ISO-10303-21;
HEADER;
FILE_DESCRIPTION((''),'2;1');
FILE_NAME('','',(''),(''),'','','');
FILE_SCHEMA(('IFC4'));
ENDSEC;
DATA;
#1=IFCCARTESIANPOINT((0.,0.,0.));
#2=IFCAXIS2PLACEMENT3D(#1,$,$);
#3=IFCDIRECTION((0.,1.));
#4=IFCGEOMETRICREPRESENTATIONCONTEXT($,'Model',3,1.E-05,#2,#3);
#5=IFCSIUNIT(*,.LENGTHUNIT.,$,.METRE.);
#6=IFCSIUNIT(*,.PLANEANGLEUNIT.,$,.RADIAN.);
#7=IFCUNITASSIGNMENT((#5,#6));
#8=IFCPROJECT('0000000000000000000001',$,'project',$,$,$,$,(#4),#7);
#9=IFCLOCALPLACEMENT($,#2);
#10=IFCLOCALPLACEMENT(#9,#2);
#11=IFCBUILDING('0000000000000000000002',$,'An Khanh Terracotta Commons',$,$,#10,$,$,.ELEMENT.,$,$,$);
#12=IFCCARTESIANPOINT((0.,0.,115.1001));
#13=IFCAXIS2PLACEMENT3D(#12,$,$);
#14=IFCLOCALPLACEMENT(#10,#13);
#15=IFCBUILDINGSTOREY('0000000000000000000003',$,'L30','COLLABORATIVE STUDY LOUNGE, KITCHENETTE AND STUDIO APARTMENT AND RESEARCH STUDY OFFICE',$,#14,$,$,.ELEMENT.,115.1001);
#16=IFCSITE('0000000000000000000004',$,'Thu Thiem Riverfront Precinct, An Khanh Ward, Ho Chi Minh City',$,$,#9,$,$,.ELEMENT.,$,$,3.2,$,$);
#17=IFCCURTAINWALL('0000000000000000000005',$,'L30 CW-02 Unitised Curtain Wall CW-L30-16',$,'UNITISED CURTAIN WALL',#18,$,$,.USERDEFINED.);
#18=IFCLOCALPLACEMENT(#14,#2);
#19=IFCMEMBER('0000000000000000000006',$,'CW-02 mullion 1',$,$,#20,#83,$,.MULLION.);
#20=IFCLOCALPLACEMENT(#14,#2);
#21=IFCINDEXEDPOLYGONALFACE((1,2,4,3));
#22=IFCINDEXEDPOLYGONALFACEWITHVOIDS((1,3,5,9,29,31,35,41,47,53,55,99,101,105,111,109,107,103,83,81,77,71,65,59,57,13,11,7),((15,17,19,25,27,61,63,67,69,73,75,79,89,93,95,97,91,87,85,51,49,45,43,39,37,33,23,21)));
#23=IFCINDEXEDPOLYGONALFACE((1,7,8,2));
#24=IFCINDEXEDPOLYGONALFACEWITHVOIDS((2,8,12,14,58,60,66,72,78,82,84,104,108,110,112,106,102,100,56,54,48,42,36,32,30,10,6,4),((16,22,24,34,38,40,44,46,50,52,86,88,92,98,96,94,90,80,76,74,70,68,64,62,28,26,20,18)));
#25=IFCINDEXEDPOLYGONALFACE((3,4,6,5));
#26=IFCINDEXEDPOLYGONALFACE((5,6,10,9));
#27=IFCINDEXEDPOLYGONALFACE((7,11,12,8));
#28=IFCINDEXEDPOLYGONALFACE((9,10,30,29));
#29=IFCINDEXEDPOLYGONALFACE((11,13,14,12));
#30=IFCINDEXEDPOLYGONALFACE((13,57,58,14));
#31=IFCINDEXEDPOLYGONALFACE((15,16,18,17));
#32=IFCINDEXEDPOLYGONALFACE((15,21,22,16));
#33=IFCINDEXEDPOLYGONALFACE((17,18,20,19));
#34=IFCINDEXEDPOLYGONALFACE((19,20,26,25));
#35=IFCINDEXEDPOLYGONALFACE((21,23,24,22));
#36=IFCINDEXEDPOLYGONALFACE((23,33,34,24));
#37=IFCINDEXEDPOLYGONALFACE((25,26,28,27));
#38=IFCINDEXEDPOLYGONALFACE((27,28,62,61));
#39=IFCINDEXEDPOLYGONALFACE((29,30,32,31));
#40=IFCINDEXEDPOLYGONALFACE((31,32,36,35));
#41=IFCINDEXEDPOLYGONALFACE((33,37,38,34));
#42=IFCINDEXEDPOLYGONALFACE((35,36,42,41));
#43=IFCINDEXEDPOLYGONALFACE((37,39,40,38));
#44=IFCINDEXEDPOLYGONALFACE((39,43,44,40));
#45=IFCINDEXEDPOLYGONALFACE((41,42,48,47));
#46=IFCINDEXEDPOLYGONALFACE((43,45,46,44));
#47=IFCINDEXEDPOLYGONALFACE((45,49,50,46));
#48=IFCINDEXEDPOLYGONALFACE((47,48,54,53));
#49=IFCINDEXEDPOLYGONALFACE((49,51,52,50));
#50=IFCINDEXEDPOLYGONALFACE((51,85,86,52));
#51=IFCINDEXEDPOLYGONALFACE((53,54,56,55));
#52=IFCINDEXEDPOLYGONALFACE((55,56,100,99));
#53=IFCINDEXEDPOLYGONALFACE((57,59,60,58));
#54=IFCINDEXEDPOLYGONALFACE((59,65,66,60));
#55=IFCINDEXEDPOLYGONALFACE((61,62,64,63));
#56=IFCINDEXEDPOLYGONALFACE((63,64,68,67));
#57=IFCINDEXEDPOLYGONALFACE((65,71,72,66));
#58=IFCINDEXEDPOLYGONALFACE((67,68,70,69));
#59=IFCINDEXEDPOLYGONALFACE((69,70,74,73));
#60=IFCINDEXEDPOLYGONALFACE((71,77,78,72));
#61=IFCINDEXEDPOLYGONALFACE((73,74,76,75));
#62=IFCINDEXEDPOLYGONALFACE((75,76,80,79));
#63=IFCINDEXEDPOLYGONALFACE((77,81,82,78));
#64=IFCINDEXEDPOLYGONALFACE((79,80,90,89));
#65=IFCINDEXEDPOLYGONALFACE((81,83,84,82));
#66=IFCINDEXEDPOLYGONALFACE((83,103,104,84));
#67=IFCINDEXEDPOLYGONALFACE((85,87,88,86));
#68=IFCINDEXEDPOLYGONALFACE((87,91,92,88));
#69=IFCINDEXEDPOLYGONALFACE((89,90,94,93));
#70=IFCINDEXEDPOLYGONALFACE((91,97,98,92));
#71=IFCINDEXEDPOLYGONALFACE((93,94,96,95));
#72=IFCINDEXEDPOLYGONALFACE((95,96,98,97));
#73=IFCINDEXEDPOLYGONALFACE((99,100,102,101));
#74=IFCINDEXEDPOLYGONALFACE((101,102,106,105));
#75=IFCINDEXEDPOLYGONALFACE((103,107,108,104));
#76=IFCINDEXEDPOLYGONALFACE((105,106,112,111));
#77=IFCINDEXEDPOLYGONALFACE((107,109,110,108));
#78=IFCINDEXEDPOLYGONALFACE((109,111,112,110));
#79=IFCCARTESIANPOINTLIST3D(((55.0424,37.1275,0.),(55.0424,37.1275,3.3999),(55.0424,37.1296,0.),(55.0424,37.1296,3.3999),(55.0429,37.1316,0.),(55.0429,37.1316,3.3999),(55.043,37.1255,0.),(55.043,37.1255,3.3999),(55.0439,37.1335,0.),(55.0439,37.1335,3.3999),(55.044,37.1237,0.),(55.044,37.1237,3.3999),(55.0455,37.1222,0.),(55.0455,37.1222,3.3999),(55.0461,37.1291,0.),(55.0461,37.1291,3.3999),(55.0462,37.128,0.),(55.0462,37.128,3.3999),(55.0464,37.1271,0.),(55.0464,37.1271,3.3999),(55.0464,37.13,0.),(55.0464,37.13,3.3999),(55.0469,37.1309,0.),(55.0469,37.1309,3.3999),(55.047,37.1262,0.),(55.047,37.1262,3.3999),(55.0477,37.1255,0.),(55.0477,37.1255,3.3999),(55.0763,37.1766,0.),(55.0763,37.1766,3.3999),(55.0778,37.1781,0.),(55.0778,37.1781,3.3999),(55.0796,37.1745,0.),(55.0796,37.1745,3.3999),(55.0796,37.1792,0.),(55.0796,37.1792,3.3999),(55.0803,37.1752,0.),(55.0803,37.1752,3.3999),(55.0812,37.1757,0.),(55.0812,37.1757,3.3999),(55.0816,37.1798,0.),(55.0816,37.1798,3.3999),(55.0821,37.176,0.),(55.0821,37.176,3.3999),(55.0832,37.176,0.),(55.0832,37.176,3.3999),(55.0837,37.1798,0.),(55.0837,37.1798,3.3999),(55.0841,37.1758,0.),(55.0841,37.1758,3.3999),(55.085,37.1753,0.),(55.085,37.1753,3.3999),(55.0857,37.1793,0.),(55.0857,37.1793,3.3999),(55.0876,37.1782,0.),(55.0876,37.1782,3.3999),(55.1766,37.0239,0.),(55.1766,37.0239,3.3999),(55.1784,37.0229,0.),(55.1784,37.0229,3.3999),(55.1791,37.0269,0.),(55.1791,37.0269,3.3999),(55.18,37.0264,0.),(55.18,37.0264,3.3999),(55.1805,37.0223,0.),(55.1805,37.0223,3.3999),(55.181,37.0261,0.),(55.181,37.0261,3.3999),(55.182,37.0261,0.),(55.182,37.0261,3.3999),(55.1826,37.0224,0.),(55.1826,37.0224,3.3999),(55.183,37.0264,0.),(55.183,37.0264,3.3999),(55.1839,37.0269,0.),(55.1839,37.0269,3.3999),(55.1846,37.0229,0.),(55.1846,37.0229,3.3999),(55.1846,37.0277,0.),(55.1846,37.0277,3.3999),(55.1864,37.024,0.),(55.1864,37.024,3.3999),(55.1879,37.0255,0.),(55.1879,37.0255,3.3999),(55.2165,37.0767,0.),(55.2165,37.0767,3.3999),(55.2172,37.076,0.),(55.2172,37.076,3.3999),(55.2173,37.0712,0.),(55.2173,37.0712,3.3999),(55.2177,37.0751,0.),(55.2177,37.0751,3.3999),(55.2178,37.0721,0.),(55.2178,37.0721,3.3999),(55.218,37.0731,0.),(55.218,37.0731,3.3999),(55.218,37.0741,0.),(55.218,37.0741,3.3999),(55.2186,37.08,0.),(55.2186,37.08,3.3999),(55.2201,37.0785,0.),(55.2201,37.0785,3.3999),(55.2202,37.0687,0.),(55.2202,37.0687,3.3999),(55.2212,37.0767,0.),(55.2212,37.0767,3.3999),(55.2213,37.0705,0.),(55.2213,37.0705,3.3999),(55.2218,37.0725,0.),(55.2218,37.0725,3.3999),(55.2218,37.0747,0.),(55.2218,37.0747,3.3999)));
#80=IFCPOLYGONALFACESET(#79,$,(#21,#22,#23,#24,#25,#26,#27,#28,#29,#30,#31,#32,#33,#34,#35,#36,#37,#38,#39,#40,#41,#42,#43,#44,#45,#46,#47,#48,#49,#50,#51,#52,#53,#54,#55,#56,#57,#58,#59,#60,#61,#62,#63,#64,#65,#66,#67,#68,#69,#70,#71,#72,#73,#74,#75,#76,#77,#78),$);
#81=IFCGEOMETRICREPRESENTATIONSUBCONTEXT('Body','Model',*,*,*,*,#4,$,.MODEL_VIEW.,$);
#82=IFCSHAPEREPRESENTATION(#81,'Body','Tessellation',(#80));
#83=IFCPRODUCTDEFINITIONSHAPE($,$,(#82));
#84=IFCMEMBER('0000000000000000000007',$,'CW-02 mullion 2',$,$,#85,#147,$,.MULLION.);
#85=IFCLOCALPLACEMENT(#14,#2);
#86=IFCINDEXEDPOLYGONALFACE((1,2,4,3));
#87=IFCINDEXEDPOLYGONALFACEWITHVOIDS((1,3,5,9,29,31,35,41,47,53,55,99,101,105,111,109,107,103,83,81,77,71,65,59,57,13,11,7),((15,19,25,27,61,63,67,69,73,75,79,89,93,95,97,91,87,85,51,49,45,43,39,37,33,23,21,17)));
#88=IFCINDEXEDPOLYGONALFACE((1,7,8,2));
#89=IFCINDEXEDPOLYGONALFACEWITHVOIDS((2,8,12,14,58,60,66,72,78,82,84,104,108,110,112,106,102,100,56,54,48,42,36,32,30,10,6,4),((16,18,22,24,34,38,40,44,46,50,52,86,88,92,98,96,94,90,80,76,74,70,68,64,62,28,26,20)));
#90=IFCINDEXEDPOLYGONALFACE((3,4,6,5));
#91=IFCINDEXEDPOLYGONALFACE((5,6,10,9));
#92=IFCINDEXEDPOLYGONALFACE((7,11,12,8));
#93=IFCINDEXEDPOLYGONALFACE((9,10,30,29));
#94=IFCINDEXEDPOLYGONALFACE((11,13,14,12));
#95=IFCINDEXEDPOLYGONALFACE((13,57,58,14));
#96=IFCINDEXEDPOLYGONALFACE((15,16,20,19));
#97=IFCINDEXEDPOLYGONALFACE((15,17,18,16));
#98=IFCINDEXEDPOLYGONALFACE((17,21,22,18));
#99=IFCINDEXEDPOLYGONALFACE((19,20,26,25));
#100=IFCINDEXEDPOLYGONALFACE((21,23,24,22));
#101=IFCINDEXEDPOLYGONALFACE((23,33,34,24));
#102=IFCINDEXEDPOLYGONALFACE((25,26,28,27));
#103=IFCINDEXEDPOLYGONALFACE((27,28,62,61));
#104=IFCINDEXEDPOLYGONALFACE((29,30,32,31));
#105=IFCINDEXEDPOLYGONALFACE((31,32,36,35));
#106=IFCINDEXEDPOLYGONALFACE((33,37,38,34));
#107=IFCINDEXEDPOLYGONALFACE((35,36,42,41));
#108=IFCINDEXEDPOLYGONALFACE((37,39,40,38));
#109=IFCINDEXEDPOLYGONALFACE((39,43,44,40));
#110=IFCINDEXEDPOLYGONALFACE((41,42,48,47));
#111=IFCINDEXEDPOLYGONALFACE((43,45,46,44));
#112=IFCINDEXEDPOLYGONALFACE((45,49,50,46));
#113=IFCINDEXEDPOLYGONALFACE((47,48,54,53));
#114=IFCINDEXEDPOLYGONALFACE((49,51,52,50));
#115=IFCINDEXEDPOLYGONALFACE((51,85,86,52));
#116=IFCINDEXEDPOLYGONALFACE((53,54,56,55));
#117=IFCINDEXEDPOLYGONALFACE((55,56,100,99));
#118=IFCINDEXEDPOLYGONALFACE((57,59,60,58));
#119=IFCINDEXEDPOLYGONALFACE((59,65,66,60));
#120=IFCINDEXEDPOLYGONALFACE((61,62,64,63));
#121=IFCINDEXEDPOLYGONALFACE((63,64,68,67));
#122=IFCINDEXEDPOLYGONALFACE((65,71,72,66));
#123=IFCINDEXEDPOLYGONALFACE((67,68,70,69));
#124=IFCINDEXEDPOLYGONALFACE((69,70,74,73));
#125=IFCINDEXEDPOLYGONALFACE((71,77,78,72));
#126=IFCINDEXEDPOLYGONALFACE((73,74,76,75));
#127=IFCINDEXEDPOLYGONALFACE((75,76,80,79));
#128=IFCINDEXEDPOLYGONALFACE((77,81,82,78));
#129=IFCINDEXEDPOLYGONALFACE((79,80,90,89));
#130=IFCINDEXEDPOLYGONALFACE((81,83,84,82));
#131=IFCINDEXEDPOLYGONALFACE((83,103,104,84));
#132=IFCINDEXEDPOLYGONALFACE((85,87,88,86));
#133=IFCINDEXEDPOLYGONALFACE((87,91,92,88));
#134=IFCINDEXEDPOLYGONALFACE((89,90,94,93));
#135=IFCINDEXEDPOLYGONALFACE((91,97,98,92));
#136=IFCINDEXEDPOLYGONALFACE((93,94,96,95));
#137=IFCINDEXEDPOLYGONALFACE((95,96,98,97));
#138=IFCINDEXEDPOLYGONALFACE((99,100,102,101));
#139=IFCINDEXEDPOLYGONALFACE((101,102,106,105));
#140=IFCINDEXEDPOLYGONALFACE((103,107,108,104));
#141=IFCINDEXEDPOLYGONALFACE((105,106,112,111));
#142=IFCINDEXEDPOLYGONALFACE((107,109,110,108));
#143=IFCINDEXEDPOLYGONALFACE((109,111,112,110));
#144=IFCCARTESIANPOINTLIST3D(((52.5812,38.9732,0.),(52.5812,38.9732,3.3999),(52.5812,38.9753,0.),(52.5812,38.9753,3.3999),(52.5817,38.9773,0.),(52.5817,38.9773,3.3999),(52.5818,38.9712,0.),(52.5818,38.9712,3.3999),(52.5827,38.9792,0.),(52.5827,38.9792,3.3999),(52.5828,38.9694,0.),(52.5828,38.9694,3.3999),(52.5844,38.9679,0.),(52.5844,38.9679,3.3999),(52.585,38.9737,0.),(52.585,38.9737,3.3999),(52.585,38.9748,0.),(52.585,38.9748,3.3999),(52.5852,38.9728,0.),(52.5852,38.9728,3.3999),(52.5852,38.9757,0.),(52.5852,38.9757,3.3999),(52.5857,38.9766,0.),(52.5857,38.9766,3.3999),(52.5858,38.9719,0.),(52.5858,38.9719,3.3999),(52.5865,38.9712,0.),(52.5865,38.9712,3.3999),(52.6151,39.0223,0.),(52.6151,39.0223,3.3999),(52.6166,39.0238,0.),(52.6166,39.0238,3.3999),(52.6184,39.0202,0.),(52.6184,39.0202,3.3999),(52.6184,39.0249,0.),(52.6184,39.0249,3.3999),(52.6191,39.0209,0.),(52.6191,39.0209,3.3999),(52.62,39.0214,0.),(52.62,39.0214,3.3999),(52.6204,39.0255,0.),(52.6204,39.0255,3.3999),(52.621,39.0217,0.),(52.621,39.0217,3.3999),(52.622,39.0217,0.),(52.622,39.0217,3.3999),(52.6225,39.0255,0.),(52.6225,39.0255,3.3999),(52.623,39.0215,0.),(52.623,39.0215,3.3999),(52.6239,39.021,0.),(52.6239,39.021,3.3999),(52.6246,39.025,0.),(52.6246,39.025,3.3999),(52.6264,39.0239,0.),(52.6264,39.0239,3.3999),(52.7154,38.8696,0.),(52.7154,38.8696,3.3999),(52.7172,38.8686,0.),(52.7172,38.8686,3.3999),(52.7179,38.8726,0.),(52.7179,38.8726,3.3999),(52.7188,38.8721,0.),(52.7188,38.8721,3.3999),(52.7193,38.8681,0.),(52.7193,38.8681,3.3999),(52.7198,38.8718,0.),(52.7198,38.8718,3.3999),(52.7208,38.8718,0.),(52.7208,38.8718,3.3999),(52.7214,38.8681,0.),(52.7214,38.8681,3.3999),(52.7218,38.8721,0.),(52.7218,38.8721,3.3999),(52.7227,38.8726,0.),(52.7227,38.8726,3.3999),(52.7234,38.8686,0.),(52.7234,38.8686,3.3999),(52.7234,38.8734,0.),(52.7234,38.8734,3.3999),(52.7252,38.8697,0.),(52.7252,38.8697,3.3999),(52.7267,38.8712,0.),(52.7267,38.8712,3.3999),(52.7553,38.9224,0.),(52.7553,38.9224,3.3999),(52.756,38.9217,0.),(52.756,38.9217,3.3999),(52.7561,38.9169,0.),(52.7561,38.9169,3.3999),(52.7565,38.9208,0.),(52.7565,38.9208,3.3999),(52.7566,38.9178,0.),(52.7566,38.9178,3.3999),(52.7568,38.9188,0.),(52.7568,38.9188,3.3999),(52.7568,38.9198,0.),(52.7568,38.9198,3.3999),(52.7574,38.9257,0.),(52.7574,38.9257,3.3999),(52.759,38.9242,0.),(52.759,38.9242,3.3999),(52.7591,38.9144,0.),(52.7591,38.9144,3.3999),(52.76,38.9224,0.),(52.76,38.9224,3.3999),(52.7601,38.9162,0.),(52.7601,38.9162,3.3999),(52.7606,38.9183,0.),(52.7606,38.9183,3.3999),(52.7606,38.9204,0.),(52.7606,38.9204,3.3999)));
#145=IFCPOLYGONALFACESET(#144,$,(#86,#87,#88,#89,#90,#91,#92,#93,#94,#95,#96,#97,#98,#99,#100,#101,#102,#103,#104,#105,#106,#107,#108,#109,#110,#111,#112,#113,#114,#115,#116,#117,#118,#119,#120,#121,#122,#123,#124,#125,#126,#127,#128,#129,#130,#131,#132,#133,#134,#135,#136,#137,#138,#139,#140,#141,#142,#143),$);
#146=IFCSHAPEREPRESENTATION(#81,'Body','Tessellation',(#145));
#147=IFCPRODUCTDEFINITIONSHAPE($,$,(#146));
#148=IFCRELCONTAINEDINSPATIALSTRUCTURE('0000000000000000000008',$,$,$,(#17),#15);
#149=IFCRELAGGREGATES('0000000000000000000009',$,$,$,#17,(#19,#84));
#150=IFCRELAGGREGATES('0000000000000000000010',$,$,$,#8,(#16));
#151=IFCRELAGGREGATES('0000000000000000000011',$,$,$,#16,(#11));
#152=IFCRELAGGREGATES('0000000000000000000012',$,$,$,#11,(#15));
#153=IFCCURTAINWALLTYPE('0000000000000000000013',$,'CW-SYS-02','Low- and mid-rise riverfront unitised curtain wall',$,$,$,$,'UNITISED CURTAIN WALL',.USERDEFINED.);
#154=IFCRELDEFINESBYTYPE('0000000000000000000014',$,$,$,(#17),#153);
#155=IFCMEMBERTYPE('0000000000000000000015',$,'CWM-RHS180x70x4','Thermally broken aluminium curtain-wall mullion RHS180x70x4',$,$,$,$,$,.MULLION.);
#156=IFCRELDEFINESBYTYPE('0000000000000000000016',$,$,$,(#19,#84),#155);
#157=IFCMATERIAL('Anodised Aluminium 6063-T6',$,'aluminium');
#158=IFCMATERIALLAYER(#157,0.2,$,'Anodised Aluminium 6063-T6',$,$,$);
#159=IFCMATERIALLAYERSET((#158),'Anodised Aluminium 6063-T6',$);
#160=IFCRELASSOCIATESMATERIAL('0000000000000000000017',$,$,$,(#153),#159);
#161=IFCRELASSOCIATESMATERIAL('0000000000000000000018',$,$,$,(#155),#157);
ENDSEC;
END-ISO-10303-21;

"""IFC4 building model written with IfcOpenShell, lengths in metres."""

from ifc_helpers import new_model, si_unit, direction, frame, origin, origin_2d, place, context, subcontext, project, spatial, hollow_rectangle, extrude, material, layer, layer_set, material_profile, profile_set, type_object, element, aggregate, save


model = new_model("IFC4")

# Units and contexts
model_context = context("Model", 3, precision=1e-05, world=origin(), true_north=direction((0.0, 1.0)))
body_context = subcontext(model_context, "Body", "Model", "MODEL_VIEW")
ifc_project = project(units=[si_unit("LENGTHUNIT", "METRE"), si_unit("PLANEANGLEUNIT", "RADIAN")], contexts=[model_context])

# Site, building, storey
site_placement = place(None, origin())
site = spatial("IfcSite", under=ifc_project, at=site_placement, Name="Thu Thiem Riverfront Precinct, An Khanh Ward, Ho Chi Minh City", CompositionType="ELEMENT", RefElevation=3.2)
building_placement = place(site_placement, origin())
building = spatial("IfcBuilding", under=site, at=building_placement, Name="An Khanh Terracotta Commons", CompositionType="ELEMENT")
storey_placement = place(building_placement, frame((0.0, 0.0, 115.1001)))
storey = spatial("IfcBuildingStorey", under=building, at=storey_placement, Name="L30", Description="COLLABORATIVE STUDY LOUNGE, KITCHENETTE AND STUDIO APARTMENT AND RESEARCH STUDY OFFICE", CompositionType="ELEMENT", Elevation=115.1001)

# Curtain wall, members
ifc_material_1 = material(Name="Anodised Aluminium 6063-T6", Category="aluminium")
ifc_layer_1 = layer(ifc_material_1, 0.2, Name="Anodised Aluminium 6063-T6")
ifc_layer_set_1 = layer_set([ifc_layer_1], Name="Anodised Aluminium 6063-T6")
curtain_wall_type_1 = type_object("IfcCurtainWallType", Name="CW-SYS-02", Description="Low- and mid-rise riverfront unitised curtain wall", ElementType="UNITISED CURTAIN WALL", PredefinedType="USERDEFINED", material=ifc_layer_set_1)
curtain_wall_1_placement = place(storey_placement, origin())
curtain_wall_1 = element("IfcCurtainWall", 1, at=curtain_wall_1_placement, inside=storey, type_object=curtain_wall_type_1, Name="L30 CW-02 Unitised Curtain Wall CW-L30-16", ObjectType="UNITISED CURTAIN WALL", PredefinedType="USERDEFINED")
ifc_material_profile_1 = material_profile(ifc_material_1, hollow_rectangle(XDim=0.0701, YDim=0.1799, WallThickness=0.0039, InnerFilletRadius=0.0039, OuterFilletRadius=0.0081, at=origin_2d()), Name="RHS180x70x4")
ifc_profile_set_1 = profile_set([ifc_material_profile_1], Name="Anodised Aluminium 6063-T6")
member_type_1 = type_object("IfcMemberType", Name="CWM-RHS180x70x4", Description="Thermally broken aluminium curtain-wall mullion RHS180x70x4", PredefinedType="MULLION", material=ifc_profile_set_1)
member_1_placement = place(storey_placement, frame((55.1321, 37.1011, 0.0), z_axis=(0.0, 0.0, 1.0), x_axis=(-0.599983, -0.800013, 0.0)))
member_1 = element("IfcMember", 2, at=member_1_placement, type_object=member_type_1, Name="CW-02 mullion 1", PredefinedType="MULLION", context=body_context, shape_type="SweptSolid", body=[
    extrude(hollow_rectangle(XDim=0.0701, YDim=0.1799, WallThickness=0.0039, InnerFilletRadius=0.0039, OuterFilletRadius=0.0081, at=origin_2d()), origin(), (0.0, 0.0, 1.0), 3.3999),
])
member_2_placement = place(storey_placement, frame((52.6709, 38.9468, 0.0), z_axis=(0.0, 0.0, 1.0), x_axis=(-0.599983, -0.800013, 0.0)))
member_2 = element("IfcMember", 3, at=member_2_placement, type_object=member_type_1, Name="CW-02 mullion 2", PredefinedType="MULLION", context=body_context, shape_type="SweptSolid", body=[
    extrude(hollow_rectangle(XDim=0.0701, YDim=0.1799, WallThickness=0.0039, InnerFilletRadius=0.0039, OuterFilletRadius=0.0081, at=origin_2d()), origin(), (0.0, 0.0, 1.0), 3.3999),
])

aggregate(curtain_wall_1, [member_1, member_2])

save(model, "model.ifc")
